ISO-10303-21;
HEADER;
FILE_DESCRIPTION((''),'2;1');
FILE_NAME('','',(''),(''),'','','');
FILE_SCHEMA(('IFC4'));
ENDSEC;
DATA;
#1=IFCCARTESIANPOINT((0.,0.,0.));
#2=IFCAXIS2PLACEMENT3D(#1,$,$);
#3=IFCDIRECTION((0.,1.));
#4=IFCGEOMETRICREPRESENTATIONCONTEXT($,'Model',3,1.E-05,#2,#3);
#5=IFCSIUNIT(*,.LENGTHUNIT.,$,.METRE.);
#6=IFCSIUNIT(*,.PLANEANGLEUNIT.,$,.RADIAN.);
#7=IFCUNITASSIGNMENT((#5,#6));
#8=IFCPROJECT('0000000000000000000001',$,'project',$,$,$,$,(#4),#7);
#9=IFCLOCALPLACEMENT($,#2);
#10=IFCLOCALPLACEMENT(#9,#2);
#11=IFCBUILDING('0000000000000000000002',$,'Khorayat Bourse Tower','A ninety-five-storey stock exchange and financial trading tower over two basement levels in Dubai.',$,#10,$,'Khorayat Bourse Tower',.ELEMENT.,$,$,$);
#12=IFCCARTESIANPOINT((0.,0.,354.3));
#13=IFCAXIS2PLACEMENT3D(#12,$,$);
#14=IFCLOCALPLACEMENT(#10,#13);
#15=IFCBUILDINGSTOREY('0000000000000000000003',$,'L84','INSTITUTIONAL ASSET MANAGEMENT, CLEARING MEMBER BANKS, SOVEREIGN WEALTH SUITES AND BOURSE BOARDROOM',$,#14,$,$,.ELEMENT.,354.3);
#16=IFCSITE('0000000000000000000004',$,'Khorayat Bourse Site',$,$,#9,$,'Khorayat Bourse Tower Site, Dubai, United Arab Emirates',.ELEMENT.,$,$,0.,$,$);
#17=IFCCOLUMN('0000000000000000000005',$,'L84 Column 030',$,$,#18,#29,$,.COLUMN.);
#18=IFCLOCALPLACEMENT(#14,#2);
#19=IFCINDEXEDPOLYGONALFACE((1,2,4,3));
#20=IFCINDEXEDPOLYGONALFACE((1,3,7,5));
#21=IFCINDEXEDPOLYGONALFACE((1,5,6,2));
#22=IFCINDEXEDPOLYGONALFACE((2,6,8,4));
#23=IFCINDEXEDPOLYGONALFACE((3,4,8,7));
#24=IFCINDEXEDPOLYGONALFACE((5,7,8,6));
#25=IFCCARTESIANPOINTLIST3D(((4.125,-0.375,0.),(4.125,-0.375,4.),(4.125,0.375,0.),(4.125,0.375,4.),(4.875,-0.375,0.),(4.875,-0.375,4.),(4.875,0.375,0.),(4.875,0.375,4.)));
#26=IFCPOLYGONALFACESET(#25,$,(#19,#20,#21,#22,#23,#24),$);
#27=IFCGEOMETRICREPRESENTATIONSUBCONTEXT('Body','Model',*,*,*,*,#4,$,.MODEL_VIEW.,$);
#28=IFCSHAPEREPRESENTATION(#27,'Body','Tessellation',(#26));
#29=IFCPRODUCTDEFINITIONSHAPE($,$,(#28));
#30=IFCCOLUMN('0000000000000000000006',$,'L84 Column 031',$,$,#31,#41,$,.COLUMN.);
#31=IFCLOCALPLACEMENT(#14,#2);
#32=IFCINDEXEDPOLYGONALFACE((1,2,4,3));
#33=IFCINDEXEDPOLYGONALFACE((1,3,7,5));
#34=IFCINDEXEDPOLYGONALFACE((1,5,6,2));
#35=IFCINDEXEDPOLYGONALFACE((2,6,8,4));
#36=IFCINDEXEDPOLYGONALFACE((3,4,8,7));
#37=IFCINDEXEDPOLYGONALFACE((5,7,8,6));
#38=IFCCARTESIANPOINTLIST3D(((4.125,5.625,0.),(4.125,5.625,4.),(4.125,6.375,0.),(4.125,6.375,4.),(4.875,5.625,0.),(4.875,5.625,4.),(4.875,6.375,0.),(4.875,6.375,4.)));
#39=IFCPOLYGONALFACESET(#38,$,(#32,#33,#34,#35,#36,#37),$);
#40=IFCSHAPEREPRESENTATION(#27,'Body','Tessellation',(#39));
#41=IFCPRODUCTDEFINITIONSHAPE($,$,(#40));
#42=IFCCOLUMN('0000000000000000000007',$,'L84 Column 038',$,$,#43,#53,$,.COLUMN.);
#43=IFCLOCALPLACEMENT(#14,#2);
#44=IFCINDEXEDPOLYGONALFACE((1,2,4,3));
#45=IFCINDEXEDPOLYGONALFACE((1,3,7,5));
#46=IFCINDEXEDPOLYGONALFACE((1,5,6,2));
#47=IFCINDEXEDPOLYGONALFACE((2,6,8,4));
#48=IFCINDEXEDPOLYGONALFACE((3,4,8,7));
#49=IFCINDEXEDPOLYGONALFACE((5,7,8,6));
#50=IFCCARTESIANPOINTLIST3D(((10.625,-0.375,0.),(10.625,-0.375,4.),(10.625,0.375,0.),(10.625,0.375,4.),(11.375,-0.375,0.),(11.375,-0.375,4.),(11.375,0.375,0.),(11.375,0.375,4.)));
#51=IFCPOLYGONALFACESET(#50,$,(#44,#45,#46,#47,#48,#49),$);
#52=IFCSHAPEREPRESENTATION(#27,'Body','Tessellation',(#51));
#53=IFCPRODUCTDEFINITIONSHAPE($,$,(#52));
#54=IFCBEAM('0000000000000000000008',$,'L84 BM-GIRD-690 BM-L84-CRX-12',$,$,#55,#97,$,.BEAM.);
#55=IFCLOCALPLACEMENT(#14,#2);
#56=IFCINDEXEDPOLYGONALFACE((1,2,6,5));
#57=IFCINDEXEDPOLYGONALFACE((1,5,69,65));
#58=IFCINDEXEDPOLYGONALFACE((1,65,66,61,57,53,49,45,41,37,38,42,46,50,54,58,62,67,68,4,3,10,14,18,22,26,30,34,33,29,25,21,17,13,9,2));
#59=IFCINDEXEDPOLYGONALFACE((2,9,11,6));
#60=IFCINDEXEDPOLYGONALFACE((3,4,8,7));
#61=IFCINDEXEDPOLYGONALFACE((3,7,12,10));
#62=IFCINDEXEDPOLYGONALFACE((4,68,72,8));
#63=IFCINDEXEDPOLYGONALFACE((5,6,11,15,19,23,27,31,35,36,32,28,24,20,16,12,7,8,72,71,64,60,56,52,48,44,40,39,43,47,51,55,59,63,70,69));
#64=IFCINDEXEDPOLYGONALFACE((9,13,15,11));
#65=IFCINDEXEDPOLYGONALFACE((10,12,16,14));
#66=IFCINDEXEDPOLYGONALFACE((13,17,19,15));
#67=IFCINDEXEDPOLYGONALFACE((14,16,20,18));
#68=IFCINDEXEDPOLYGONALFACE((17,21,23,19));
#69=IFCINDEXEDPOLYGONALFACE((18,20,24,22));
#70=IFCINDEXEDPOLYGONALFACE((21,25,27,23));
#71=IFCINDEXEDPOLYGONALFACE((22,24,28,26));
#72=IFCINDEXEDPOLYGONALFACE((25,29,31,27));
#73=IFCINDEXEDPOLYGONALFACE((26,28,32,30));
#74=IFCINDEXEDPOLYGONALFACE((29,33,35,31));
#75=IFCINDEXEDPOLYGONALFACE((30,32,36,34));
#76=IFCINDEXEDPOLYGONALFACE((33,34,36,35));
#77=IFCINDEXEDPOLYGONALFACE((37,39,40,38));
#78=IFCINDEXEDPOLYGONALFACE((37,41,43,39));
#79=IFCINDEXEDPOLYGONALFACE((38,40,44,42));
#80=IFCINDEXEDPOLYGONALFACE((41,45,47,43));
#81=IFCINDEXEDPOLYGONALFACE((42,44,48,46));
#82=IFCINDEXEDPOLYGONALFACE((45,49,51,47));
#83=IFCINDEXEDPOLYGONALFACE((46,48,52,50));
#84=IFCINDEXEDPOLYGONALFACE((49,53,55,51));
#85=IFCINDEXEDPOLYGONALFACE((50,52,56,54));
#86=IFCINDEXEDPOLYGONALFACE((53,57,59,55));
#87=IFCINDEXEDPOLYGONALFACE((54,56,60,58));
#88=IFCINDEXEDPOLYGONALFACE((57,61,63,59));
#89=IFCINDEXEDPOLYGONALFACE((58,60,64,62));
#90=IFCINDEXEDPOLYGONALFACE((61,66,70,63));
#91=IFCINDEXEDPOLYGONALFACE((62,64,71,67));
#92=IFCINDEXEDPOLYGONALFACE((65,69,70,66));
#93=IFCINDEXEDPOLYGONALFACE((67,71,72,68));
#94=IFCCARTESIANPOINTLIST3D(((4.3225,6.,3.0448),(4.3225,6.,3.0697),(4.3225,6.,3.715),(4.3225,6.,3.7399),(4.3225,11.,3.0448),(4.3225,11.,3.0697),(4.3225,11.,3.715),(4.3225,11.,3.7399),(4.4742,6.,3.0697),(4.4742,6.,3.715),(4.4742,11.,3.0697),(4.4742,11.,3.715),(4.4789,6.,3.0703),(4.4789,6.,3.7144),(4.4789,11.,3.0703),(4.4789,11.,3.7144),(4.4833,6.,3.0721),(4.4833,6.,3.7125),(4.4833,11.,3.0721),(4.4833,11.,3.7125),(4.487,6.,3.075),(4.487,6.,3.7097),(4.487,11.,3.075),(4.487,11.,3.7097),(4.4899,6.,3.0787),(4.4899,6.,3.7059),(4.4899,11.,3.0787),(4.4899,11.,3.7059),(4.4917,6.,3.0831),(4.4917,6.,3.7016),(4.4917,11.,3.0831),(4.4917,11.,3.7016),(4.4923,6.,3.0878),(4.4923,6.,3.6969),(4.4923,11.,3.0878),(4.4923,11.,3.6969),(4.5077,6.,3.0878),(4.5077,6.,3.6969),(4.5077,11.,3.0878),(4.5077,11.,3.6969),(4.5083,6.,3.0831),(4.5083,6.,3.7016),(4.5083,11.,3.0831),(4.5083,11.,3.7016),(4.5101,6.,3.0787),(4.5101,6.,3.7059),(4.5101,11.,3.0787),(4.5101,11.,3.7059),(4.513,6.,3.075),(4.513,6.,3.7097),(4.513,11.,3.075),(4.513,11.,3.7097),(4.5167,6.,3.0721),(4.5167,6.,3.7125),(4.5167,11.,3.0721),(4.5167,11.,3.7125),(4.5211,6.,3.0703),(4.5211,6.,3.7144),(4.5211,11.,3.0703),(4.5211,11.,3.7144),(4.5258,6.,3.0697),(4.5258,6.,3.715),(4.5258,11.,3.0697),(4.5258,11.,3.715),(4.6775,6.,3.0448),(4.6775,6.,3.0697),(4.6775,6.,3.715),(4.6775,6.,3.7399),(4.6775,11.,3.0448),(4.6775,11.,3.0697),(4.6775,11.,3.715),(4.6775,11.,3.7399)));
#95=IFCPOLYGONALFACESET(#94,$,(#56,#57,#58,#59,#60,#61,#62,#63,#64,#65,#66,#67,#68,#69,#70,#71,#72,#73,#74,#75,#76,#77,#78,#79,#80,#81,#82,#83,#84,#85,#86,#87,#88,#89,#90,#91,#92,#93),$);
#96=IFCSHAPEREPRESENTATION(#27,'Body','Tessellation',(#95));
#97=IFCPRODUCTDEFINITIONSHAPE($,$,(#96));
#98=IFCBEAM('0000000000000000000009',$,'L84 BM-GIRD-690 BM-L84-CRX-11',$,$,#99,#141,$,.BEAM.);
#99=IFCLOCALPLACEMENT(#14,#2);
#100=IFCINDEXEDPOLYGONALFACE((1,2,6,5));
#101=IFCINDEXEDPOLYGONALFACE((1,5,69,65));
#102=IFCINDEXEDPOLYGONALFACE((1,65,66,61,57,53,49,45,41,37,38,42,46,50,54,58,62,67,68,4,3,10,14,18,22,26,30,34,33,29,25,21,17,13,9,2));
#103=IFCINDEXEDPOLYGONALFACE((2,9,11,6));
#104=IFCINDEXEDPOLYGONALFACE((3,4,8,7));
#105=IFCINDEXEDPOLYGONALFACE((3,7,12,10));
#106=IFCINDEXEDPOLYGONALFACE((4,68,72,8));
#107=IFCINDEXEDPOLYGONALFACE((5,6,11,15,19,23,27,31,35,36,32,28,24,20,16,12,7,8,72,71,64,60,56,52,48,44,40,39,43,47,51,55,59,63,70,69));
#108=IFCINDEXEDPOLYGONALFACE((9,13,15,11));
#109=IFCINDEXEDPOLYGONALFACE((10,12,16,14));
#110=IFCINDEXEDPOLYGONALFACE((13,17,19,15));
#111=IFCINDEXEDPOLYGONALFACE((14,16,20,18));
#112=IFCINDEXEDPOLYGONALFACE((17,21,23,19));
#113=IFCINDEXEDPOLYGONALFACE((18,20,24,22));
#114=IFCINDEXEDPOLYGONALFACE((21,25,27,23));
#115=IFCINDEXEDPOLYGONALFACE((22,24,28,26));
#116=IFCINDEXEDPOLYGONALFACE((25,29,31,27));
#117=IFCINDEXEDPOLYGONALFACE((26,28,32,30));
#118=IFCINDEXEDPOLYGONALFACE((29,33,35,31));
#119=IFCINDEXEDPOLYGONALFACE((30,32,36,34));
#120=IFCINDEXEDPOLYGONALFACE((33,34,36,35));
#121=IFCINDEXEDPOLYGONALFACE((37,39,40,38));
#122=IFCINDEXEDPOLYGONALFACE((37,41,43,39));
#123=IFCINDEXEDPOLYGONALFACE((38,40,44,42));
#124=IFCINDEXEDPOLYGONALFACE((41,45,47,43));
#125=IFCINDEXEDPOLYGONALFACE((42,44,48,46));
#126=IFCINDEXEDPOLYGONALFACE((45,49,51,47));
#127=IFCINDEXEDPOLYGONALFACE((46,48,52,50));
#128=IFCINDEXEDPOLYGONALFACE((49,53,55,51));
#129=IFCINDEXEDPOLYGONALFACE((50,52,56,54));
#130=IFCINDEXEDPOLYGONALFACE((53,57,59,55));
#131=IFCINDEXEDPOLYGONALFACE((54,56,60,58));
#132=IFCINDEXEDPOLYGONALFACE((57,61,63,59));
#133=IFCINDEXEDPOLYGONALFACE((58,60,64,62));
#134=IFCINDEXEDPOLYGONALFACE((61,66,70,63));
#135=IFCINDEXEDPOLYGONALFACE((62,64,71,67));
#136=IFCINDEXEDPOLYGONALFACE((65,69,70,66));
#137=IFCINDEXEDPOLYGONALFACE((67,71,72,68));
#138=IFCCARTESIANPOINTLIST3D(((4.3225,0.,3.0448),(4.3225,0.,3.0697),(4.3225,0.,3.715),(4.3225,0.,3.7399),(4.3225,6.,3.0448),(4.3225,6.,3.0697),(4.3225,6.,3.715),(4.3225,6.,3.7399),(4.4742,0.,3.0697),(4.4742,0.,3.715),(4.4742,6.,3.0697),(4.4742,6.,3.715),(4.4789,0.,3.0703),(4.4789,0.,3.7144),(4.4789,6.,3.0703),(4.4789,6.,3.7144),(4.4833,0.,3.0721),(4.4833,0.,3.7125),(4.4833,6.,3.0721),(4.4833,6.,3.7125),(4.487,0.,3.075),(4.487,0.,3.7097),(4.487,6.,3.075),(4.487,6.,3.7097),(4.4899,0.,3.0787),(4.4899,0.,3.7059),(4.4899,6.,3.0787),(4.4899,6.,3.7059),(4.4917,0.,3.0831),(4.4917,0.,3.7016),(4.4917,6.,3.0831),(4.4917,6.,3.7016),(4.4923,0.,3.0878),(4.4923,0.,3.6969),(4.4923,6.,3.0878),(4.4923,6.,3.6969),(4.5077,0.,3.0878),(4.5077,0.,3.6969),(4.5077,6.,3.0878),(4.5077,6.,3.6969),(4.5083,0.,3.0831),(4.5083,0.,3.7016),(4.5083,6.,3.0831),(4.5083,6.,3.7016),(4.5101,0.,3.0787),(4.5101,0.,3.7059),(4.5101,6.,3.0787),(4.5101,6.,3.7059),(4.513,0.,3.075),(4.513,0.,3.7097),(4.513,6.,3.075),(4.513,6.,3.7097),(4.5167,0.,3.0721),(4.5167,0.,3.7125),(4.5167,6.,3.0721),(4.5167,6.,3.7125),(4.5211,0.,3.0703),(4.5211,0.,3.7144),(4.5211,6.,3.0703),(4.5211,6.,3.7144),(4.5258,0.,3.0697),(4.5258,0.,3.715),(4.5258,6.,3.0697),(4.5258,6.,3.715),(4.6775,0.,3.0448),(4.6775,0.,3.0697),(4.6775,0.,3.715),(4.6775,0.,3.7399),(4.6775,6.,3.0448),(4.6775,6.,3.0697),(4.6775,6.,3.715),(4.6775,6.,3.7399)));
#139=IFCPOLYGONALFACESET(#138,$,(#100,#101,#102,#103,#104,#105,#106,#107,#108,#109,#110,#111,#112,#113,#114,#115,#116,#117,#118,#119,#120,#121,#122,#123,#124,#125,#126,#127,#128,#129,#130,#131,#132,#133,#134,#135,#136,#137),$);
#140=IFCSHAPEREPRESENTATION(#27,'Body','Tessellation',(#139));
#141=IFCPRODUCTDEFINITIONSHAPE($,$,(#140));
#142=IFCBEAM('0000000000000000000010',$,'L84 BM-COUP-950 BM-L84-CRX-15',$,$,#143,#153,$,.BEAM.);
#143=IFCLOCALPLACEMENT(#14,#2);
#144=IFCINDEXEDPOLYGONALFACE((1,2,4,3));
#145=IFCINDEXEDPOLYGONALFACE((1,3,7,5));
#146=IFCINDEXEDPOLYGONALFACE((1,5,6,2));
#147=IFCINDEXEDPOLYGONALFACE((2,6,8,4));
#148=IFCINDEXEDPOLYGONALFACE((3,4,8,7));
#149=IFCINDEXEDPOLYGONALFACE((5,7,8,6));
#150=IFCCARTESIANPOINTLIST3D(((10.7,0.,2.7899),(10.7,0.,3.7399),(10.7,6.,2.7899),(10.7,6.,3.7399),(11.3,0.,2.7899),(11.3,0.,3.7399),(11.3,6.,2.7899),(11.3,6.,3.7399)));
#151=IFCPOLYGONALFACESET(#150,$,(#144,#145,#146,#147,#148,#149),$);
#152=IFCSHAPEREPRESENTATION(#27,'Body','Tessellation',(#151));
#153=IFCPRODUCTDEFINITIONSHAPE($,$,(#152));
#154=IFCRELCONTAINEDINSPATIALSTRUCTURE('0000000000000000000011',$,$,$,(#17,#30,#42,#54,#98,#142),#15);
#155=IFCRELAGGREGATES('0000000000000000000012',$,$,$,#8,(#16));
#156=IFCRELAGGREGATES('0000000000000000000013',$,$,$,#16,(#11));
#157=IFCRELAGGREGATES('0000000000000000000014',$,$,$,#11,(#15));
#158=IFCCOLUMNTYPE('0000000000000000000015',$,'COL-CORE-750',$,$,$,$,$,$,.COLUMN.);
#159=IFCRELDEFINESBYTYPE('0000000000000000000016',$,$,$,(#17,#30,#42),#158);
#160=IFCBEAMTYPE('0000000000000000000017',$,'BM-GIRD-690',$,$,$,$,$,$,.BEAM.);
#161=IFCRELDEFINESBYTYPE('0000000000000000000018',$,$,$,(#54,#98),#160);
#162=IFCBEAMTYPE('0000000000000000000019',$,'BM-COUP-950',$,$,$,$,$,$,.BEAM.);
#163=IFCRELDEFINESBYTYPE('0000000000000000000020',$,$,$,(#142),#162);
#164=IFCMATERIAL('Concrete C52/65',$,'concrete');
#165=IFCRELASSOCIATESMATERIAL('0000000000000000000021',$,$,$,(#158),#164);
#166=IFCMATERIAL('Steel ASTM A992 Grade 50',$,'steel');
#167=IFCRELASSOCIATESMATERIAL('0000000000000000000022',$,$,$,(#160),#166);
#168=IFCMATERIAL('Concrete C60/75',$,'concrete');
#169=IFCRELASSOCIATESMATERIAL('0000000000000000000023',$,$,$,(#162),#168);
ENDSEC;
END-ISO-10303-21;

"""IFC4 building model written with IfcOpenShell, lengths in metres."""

from ifc_helpers import new_model, si_unit, direction, frame, origin, origin_2d, place, context, subcontext, project, spatial, rectangle, i_section, extrude, source, transform, mapped, material, material_profile, profile_set, type_object, element, save


model = new_model("IFC4")

# Units and contexts
model_context = context("Model", 3, precision=1e-05, world=origin(), true_north=direction((0.0, 1.0)))
body_context = subcontext(model_context, "Body", "Model", "MODEL_VIEW")
ifc_project = project(units=[si_unit("LENGTHUNIT", "METRE"), si_unit("PLANEANGLEUNIT", "RADIAN")], contexts=[model_context])

# Site, building, storey
site_placement = place(None, origin())
site = spatial("IfcSite", under=ifc_project, at=site_placement, Name="Khorayat Bourse Site", LongName="Khorayat Bourse Tower Site, Dubai, United Arab Emirates", CompositionType="ELEMENT", RefElevation=0.0)
building_placement = place(site_placement, origin())
building = spatial("IfcBuilding", under=site, at=building_placement, Name="Khorayat Bourse Tower", Description="A ninety-five-storey stock exchange and financial trading tower over two basement levels in Dubai.", LongName="Khorayat Bourse Tower", CompositionType="ELEMENT")
storey_placement = place(building_placement, frame((0.0, 0.0, 354.3)))
storey = spatial("IfcBuildingStorey", under=building, at=storey_placement, Name="L84", Description="INSTITUTIONAL ASSET MANAGEMENT, CLEARING MEMBER BANKS, SOVEREIGN WEALTH SUITES AND BOURSE BOARDROOM", CompositionType="ELEMENT", Elevation=354.3)

# Columns
ifc_material_1 = material(Name="Concrete C52/65", Category="concrete")
ifc_material_profile_1 = material_profile(ifc_material_1, rectangle(XDim=0.75, YDim=0.75, at=origin_2d()), Name="RC 750x750")
ifc_profile_set_1 = profile_set([ifc_material_profile_1], Name="Concrete C52/65")
column_type = type_object("IfcColumnType", Name="COL-CORE-750", PredefinedType="COLUMN", material=ifc_profile_set_1)
shared_shape_1 = source(origin(), body_context, "Body", "SweptSolid", [
    extrude(rectangle(XDim=0.75, YDim=0.75, at=origin_2d()), origin(), (0.0, 0.0, 1.0), 4.0),
])
for number, where, z_axis, x_axis, name in (
    (1, (4.5, 0.0, 0.0), (0.0, 0.0, 1.0), (1.0, 0.0, 0.0), "L84 Column 030"),
    (2, (4.5, 6.0, 0.0), (0.0, 0.0, 1.0), (1.0, 0.0, 0.0), "L84 Column 031"),
    (3, (11.0, 0.0, 0.0), (0.0, 0.0, 1.0), (1.0, 0.0, 0.0), "L84 Column 038"),
):
    element("IfcColumn", number, at=place(storey_placement, frame(where, z_axis=z_axis, x_axis=x_axis)), inside=storey, type_object=column_type, Name=name, PredefinedType="COLUMN", context=body_context, shape_type="MappedRepresentation", body=[
        mapped(shared_shape_1, transform((0.0, 0.0, 0.0), scale=1.0)),
    ])

# Beams
ifc_material_2 = material(Name="Steel ASTM A992 Grade 50", Category="steel")
ifc_material_profile_2 = material_profile(ifc_material_2, i_section(OverallWidth=0.355, OverallDepth=0.6951, WebThickness=0.0154, FlangeThickness=0.0249, FilletRadius=0.0181, at=origin_2d()), Name="W690X217")
ifc_profile_set_2 = profile_set([ifc_material_profile_2], Name="Steel ASTM A992 Grade 50")
beam_type_1 = type_object("IfcBeamType", Name="BM-GIRD-690", PredefinedType="BEAM", material=ifc_profile_set_2)
shared_shape_2 = source(origin(), body_context, "Body", "SweptSolid", [
    extrude(i_section(OverallWidth=0.355, OverallDepth=0.6951, WebThickness=0.0154, FlangeThickness=0.0249, FilletRadius=0.0181, at=origin_2d()), origin(), (0.0, 0.0, 1.0), 5.0),
])
beam_1_placement = place(storey_placement, frame((4.5, 6.0, 3.3923), z_axis=(0.0, 1.0, 0.0), x_axis=(-1.0, 0.0, 0.0)))
element("IfcBeam", 4, at=beam_1_placement, inside=storey, type_object=beam_type_1, Name="L84 BM-GIRD-690 BM-L84-CRX-12", PredefinedType="BEAM", context=body_context, shape_type="MappedRepresentation", body=[
    mapped(shared_shape_2, transform((0.0, 0.0, 0.0), scale=1.0)),
])
shared_shape_3 = source(origin(), body_context, "Body", "SweptSolid", [
    extrude(i_section(OverallWidth=0.355, OverallDepth=0.6951, WebThickness=0.0154, FlangeThickness=0.0249, FilletRadius=0.0181, at=origin_2d()), origin(), (0.0, 0.0, 1.0), 6.0),
])
beam_2_placement = place(storey_placement, frame((4.5, 0.0, 3.3923), z_axis=(0.0, 1.0, 0.0), x_axis=(-1.0, 0.0, 0.0)))
element("IfcBeam", 5, at=beam_2_placement, inside=storey, type_object=beam_type_1, Name="L84 BM-GIRD-690 BM-L84-CRX-11", PredefinedType="BEAM", context=body_context, shape_type="MappedRepresentation", body=[
    mapped(shared_shape_3, transform((0.0, 0.0, 0.0), scale=1.0)),
])
ifc_material_3 = material(Name="Concrete C60/75", Category="concrete")
ifc_material_profile_3 = material_profile(ifc_material_3, rectangle(XDim=0.6001, YDim=0.95, at=origin_2d()), Name="RC 600x950")
ifc_profile_set_3 = profile_set([ifc_material_profile_3], Name="Concrete C60/75")
beam_type_2 = type_object("IfcBeamType", Name="BM-COUP-950", PredefinedType="BEAM", material=ifc_profile_set_3)
shared_shape_4 = source(origin(), body_context, "Body", "SweptSolid", [
    extrude(rectangle(XDim=0.6001, YDim=0.95, at=origin_2d()), origin(), (0.0, 0.0, 1.0), 6.0),
])
beam_3_placement = place(storey_placement, frame((11.0, 0.0, 3.2649), z_axis=(0.0, 1.0, 0.0), x_axis=(-1.0, 0.0, 0.0)))
element("IfcBeam", 6, at=beam_3_placement, inside=storey, type_object=beam_type_2, Name="L84 BM-COUP-950 BM-L84-CRX-15", PredefinedType="BEAM", context=body_context, shape_type="MappedRepresentation", body=[
    mapped(shared_shape_4, transform((0.0, 0.0, 0.0), scale=1.0)),
])

save(model, "model.ifc")
